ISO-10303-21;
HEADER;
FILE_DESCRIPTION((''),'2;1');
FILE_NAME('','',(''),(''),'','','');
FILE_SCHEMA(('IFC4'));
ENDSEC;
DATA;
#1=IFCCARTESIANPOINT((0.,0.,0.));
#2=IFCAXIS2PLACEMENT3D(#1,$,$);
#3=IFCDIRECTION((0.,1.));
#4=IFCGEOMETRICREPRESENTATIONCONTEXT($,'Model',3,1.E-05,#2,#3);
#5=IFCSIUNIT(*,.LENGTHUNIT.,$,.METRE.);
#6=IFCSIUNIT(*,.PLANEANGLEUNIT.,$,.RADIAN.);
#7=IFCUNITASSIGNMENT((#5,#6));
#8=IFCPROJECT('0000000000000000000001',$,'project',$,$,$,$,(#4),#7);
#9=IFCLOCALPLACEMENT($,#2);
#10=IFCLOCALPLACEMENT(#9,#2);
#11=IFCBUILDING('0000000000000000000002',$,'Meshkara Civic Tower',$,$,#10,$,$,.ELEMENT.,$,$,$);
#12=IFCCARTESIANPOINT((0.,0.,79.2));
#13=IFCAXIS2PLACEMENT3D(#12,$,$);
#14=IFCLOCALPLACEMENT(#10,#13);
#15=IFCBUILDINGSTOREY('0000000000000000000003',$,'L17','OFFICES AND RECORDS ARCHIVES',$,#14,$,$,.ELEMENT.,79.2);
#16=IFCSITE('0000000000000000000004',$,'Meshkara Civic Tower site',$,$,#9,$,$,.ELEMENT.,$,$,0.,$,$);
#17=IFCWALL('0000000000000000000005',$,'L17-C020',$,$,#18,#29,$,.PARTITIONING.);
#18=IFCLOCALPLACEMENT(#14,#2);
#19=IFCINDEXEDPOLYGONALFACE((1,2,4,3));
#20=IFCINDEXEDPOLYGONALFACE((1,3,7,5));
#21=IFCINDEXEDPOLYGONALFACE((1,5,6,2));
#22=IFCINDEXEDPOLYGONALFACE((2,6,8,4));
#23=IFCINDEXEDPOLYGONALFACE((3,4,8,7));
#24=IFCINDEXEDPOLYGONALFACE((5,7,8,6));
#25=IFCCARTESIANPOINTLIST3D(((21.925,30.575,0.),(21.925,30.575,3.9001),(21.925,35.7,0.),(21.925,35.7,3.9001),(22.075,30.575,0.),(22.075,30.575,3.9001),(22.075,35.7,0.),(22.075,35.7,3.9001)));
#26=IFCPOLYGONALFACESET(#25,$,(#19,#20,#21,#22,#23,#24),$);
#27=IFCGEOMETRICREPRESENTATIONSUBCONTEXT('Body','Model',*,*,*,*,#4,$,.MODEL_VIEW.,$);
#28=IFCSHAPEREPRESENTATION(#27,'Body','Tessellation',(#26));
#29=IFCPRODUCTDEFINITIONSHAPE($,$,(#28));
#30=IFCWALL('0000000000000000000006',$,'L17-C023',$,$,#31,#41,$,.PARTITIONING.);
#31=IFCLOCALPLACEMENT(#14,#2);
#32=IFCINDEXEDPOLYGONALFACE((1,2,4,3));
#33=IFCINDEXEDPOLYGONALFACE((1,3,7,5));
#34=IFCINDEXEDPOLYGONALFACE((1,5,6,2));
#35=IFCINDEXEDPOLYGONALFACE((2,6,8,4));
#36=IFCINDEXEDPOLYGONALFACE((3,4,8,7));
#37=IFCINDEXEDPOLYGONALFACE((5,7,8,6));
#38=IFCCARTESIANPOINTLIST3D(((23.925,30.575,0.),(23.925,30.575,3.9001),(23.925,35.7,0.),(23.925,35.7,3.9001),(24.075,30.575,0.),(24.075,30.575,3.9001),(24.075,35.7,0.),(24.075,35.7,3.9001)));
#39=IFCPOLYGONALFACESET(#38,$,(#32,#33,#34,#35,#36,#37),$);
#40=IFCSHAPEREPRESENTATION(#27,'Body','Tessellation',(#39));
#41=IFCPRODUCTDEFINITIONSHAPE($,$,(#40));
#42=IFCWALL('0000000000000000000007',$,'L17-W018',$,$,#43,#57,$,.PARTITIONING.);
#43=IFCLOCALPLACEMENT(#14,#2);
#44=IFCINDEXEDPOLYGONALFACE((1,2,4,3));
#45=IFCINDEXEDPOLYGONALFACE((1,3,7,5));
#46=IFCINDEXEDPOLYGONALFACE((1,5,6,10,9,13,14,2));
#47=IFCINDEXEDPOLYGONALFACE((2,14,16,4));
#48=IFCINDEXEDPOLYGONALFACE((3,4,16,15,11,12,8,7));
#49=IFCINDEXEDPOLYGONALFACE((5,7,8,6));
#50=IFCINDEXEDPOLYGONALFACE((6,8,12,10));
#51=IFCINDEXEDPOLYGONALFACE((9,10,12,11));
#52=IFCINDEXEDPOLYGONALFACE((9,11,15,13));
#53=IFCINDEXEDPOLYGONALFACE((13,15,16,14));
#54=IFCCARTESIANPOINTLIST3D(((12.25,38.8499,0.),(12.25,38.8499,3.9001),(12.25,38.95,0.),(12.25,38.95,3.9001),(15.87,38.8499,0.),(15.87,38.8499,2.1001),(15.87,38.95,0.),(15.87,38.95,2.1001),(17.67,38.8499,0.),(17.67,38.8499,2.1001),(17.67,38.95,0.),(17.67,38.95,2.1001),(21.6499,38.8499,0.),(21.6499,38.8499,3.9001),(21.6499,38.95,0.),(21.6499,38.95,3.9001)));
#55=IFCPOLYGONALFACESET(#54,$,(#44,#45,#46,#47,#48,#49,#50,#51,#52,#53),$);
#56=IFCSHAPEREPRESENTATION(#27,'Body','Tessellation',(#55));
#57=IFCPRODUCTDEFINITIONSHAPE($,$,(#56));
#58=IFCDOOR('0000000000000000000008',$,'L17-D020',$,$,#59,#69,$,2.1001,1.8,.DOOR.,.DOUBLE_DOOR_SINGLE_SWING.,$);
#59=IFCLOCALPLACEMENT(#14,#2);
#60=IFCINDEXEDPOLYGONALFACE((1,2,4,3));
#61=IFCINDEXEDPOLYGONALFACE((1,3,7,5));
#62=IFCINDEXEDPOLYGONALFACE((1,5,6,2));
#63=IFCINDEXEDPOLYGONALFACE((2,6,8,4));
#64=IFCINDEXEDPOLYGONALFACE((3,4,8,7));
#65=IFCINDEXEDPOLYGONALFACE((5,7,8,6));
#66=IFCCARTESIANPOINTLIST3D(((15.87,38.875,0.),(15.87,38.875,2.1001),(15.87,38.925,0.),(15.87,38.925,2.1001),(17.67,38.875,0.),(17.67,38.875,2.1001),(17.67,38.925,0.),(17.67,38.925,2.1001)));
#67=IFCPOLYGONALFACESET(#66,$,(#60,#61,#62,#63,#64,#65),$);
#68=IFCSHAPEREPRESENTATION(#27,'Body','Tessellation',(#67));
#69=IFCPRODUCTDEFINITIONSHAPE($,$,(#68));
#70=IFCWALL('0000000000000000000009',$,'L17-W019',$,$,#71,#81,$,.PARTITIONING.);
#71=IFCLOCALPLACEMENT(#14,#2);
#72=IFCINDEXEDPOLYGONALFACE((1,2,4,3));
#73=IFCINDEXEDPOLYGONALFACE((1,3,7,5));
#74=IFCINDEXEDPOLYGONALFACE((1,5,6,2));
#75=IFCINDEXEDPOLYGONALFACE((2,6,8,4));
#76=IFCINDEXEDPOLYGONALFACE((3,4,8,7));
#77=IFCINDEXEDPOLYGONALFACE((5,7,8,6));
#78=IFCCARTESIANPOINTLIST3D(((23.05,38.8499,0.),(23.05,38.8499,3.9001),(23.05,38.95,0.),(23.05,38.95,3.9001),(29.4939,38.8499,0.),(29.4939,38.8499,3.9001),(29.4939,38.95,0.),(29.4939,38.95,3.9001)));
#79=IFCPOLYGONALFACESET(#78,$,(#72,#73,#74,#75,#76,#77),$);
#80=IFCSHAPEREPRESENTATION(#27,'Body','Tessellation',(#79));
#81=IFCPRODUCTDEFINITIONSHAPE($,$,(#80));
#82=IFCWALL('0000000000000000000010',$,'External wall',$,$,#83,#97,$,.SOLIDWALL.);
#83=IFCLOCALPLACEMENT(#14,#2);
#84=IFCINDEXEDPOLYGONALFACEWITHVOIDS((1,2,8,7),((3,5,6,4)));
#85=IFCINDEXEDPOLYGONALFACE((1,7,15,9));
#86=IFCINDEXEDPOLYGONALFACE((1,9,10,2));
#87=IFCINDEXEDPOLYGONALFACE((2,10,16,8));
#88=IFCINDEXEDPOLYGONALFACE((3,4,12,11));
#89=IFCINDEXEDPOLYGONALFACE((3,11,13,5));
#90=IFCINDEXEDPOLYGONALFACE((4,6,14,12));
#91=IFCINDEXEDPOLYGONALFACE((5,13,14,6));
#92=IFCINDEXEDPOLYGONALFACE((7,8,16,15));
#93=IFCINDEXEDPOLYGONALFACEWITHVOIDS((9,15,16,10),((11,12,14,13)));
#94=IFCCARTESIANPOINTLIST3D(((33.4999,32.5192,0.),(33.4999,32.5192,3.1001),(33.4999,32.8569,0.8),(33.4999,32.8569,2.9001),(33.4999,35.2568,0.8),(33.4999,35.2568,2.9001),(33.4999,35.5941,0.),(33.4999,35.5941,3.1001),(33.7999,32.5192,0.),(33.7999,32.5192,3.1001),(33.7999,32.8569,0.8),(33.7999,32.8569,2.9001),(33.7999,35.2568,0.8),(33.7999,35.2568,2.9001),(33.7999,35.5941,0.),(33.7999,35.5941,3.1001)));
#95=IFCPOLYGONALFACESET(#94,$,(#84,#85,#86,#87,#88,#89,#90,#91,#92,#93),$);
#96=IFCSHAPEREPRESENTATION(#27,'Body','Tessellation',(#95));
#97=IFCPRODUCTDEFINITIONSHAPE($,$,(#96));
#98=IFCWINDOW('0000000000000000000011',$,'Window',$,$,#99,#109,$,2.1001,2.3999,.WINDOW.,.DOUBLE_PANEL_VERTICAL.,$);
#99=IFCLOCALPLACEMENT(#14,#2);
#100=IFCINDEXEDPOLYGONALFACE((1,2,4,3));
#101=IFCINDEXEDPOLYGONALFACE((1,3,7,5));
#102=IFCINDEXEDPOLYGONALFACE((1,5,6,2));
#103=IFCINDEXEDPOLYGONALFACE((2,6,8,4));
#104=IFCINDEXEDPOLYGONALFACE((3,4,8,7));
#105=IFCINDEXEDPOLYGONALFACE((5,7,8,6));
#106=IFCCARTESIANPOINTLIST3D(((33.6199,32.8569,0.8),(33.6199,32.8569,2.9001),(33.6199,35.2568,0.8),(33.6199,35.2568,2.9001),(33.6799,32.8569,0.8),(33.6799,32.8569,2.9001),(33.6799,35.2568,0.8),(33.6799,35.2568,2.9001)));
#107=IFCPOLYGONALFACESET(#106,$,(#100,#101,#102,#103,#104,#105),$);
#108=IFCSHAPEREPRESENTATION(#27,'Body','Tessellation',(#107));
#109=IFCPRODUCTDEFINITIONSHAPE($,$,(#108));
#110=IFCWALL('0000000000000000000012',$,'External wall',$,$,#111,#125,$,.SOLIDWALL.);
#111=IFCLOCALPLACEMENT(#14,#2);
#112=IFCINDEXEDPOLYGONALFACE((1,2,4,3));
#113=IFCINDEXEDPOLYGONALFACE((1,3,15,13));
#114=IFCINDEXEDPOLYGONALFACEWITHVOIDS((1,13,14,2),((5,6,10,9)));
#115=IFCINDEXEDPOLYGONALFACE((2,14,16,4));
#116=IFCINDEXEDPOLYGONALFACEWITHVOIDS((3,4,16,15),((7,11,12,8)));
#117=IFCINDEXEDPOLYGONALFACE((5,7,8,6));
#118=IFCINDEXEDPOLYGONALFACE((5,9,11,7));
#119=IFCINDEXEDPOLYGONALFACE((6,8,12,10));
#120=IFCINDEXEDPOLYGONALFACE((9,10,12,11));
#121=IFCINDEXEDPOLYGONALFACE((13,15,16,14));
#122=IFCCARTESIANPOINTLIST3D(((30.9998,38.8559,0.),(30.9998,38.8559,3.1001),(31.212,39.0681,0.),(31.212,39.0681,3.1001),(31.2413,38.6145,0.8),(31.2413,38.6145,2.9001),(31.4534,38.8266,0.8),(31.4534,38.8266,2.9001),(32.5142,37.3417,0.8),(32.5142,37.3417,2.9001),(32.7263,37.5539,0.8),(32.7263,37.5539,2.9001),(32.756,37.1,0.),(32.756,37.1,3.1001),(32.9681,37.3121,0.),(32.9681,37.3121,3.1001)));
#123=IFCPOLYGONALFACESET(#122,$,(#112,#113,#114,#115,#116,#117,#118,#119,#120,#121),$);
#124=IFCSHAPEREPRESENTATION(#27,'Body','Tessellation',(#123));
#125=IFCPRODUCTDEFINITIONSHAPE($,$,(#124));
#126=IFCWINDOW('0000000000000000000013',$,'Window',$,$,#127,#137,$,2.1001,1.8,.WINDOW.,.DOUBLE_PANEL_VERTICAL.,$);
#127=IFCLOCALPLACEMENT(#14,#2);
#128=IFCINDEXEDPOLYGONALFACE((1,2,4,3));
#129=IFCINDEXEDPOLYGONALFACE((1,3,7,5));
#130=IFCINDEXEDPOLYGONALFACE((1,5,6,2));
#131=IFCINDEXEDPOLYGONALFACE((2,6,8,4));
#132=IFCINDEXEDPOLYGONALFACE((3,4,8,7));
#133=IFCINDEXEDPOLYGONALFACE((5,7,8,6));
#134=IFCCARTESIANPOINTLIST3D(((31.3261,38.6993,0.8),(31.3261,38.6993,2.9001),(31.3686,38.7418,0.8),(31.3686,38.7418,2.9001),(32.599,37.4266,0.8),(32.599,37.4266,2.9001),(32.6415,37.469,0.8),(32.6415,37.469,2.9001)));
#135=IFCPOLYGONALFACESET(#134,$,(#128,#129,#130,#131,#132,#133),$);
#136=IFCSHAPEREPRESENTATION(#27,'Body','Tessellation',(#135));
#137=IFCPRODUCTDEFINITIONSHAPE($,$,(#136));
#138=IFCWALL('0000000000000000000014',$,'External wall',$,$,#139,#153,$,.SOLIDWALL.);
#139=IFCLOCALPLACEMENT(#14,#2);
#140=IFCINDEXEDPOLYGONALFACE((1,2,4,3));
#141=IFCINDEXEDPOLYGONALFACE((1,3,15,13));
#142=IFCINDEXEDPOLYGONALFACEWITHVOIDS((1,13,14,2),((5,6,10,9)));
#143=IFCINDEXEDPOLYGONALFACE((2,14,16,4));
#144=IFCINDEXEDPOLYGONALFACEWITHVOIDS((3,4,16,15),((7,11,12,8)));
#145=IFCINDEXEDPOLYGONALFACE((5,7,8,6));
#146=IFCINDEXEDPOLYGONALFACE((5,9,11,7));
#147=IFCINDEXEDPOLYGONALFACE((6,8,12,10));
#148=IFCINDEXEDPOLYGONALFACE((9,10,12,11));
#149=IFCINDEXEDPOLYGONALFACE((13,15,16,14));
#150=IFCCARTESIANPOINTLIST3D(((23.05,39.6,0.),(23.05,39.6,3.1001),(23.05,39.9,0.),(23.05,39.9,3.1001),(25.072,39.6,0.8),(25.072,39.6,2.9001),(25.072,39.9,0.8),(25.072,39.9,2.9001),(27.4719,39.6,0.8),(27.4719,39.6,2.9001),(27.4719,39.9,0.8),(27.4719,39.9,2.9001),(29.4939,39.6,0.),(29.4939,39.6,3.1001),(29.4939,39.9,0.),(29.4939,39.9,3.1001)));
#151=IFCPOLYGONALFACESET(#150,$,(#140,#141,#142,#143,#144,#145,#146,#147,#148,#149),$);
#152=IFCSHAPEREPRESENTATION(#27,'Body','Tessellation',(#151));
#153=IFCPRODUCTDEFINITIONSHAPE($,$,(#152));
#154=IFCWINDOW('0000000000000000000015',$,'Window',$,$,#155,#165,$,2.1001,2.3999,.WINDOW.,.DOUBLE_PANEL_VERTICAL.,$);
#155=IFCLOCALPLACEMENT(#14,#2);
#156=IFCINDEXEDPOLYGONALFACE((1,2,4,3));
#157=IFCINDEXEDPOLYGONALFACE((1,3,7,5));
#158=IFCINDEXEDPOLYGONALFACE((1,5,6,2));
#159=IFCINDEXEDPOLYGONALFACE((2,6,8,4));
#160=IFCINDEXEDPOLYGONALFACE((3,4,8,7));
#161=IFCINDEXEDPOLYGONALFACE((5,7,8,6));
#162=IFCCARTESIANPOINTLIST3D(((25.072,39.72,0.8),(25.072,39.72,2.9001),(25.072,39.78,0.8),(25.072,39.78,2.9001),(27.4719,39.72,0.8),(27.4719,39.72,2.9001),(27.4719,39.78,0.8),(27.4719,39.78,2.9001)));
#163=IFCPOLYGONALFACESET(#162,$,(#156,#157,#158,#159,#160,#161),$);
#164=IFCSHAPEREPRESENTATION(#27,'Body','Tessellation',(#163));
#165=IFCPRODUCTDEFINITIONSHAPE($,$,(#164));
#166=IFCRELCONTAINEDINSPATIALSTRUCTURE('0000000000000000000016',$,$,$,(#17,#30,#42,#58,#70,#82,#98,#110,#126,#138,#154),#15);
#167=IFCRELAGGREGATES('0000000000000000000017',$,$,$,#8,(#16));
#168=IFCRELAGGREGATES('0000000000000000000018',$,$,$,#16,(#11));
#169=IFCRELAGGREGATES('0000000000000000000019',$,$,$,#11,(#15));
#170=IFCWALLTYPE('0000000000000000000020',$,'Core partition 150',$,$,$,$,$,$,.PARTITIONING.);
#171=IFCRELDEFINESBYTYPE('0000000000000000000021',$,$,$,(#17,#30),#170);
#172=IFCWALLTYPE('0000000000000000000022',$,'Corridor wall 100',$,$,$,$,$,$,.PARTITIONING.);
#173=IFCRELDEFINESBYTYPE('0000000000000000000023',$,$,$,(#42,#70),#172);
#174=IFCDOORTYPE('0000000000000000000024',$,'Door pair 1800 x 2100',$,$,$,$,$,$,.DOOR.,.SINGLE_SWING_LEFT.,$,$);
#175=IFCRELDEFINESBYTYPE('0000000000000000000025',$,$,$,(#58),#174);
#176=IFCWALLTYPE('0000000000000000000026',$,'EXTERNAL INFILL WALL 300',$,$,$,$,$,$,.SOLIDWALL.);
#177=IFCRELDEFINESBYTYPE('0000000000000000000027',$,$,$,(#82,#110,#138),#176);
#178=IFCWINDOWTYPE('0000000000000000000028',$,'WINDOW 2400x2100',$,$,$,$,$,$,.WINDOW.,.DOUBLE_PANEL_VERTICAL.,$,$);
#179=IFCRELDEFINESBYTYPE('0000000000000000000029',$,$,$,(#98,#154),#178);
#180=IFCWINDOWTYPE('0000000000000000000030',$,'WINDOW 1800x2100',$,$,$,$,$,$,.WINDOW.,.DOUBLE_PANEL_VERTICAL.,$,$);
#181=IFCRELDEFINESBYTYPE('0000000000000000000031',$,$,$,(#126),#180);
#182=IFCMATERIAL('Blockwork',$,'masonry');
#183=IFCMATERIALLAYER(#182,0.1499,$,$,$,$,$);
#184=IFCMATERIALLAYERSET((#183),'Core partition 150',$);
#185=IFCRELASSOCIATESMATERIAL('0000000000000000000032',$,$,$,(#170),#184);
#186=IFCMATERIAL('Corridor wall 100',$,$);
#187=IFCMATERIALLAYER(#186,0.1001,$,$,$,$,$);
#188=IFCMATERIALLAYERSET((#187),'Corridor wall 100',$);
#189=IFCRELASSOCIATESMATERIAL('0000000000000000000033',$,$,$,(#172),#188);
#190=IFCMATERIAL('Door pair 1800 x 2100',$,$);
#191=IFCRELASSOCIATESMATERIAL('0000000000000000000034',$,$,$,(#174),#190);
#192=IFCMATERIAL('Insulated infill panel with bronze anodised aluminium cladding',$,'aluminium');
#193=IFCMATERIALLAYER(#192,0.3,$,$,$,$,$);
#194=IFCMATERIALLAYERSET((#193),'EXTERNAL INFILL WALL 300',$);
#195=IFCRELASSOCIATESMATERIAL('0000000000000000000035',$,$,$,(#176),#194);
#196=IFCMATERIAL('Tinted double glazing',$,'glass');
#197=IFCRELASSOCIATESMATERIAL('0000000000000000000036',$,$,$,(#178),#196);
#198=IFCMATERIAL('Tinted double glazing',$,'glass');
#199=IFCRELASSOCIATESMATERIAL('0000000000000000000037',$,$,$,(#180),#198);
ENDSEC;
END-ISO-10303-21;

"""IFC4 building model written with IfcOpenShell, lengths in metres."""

from ifc_helpers import new_model, si_unit, direction, frame, frame_2d, origin, place, context, subcontext, project, spatial, rectangle, extrude, material, layer, layer_set, type_object, element, fill, save


model = new_model("IFC4")

# Units and contexts
model_context = context("Model", 3, precision=1e-05, world=origin(), true_north=direction((0.0, 1.0)))
body_context = subcontext(model_context, "Body", "Model", "MODEL_VIEW")
ifc_project = project(units=[si_unit("LENGTHUNIT", "METRE"), si_unit("PLANEANGLEUNIT", "RADIAN")], contexts=[model_context])

# Site, building, storey
site_placement = place(None, origin())
site = spatial("IfcSite", under=ifc_project, at=site_placement, Name="Meshkara Civic Tower site", CompositionType="ELEMENT", RefElevation=0.0)
building_placement = place(site_placement, origin())
building = spatial("IfcBuilding", under=site, at=building_placement, Name="Meshkara Civic Tower", CompositionType="ELEMENT")
storey_placement = place(building_placement, frame((0.0, 0.0, 79.2)))
storey = spatial("IfcBuildingStorey", under=building, at=storey_placement, Name="L17", Description="OFFICES AND RECORDS ARCHIVES", CompositionType="ELEMENT", Elevation=79.2)

# Shared definitions
ifc_material_1 = material(Name="Blockwork", Category="masonry")
ifc_layer_1 = layer(ifc_material_1, 0.1499)
ifc_layer_set_1 = layer_set([ifc_layer_1], Name="Core partition 150")
wall_type_1 = type_object("IfcWallType", Name="Core partition 150", PredefinedType="PARTITIONING", material=ifc_layer_set_1)

# Walls
for number, where, z_axis, x_axis, name in (
    (1, (22.0, 30.575, 0.0), (0.0, 0.0, 1.0), (0.0, 1.0, 0.0), "L17-C020"),
    (2, (24.0, 30.575, 0.0), (0.0, 0.0, 1.0), (0.0, 1.0, 0.0), "L17-C023"),
):
    element("IfcWall", number, at=place(storey_placement, frame(where, z_axis=z_axis, x_axis=x_axis)), inside=storey, type_object=wall_type_1, Name=name, PredefinedType="PARTITIONING", context=body_context, shape_type="SweptSolid", body=[
        extrude(rectangle(XDim=5.125, YDim=0.1499, at=frame_2d((2.5625, 0.0))), origin(), (0.0, 0.0, 1.0), 3.9001),
    ])

# Wall, opening, door
ifc_material_2 = material(Name="Corridor wall 100")
ifc_layer_2 = layer(ifc_material_2, 0.1001)
ifc_layer_set_2 = layer_set([ifc_layer_2], Name="Corridor wall 100")
wall_type_2 = type_object("IfcWallType", Name="Corridor wall 100", PredefinedType="PARTITIONING", material=ifc_layer_set_2)
wall_1_placement = place(storey_placement, frame((21.6499, 38.8999, 0.0), z_axis=(0.0, 0.0, 1.0), x_axis=(-1.0, 0.0, 0.0)))
wall_1 = element("IfcWall", 3, at=wall_1_placement, inside=storey, type_object=wall_type_2, Name="L17-W018", PredefinedType="PARTITIONING", context=body_context, shape_type="SweptSolid", body=[
    extrude(rectangle(XDim=9.3999, YDim=0.1001, at=frame_2d((4.7, 0.0))), origin(), (0.0, 0.0, 1.0), 3.9001),
])
opening_1_placement = place(wall_1_placement, frame((3.98, 0.0, 0.0)))
opening_1 = element("IfcOpeningElement", 4, at=opening_1_placement, cuts=wall_1, PredefinedType="OPENING", context=body_context, shape_type="SweptSolid", body=[
    extrude(rectangle(XDim=1.8, YDim=2.1001, at=frame_2d((0.8999, 1.05))), frame((0.0, 0.0601, 0.0), z_axis=(0.0, -1.0, 0.0), x_axis=(1.0, 0.0, 0.0)), (0.0, 0.0, 1.0), 0.1201),
])
ifc_material_3 = material(Name="Door pair 1800 x 2100")
door_type_1 = type_object("IfcDoorType", Name="Door pair 1800 x 2100", OperationType="SINGLE_SWING_LEFT", PredefinedType="DOOR", material=ifc_material_3)
door_1_placement = place(opening_1_placement, origin())
door_1 = element("IfcDoor", 5, at=door_1_placement, inside=storey, type_object=door_type_1, Name="L17-D020", OperationType="DOUBLE_DOOR_SINGLE_SWING", OverallHeight=2.1001, OverallWidth=1.8, PredefinedType="DOOR", context=body_context, shape_type="SweptSolid", body=[
    extrude(rectangle(XDim=1.8, YDim=2.1001, at=frame_2d((0.8999, 1.05))), frame((0.0, 0.0249, 0.0), z_axis=(0.0, -1.0, 0.0), x_axis=(1.0, 0.0, 0.0)), (0.0, 0.0, 1.0), 0.05),
])
fill(opening_1, door_1)

# Wall
wall_2_placement = place(storey_placement, frame((29.4939, 38.8999, 0.0), z_axis=(0.0, 0.0, 1.0), x_axis=(-1.0, 0.0, 0.0)))
element("IfcWall", 6, at=wall_2_placement, inside=storey, type_object=wall_type_2, Name="L17-W019", PredefinedType="PARTITIONING", context=body_context, shape_type="SweptSolid", body=[
    extrude(rectangle(XDim=6.4438, YDim=0.1001, at=frame_2d((3.2219, 0.0))), origin(), (0.0, 0.0, 1.0), 3.9001),
])

# Walls, openings, windows
ifc_material_4 = material(Name="Insulated infill panel with bronze anodised aluminium cladding", Category="aluminium")
ifc_layer_3 = layer(ifc_material_4, 0.3)
ifc_layer_set_3 = layer_set([ifc_layer_3], Name="EXTERNAL INFILL WALL 300")
wall_type_3 = type_object("IfcWallType", Name="EXTERNAL INFILL WALL 300", PredefinedType="SOLIDWALL", material=ifc_layer_set_3)
wall_3_placement = place(storey_placement, frame((33.6499, 32.519, 0.0), z_axis=(0.0, 0.0, 1.0), x_axis=(0.0, 1.0, 0.0)))
wall_3 = element("IfcWall", 7, at=wall_3_placement, inside=storey, type_object=wall_type_3, Name="External wall", PredefinedType="SOLIDWALL", context=body_context, shape_type="SweptSolid", body=[
    extrude(rectangle(XDim=3.075, YDim=0.3, at=frame_2d((1.5376, 0.0))), origin(), (0.0, 0.0, 1.0), 3.1001),
])
opening_2_placement = place(wall_3_placement, frame((0.3379, 0.0, 0.8)))
opening_2 = element("IfcOpeningElement", 8, at=opening_2_placement, cuts=wall_3, PredefinedType="OPENING", context=body_context, shape_type="SweptSolid", body=[
    extrude(rectangle(XDim=2.3999, YDim=2.1001, at=frame_2d((1.2, 1.05))), frame((0.0, 0.1599, 0.0), z_axis=(0.0, -1.0, 0.0), x_axis=(1.0, 0.0, 0.0)), (0.0, 0.0, 1.0), 0.3201),
])
ifc_material_5 = material(Name="Tinted double glazing", Category="glass")
window_type_1 = type_object("IfcWindowType", Name="WINDOW 2400x2100", PartitioningType="DOUBLE_PANEL_VERTICAL", PredefinedType="WINDOW", material=ifc_material_5)
window_1_placement = place(opening_2_placement, origin())
window_1 = element("IfcWindow", 9, at=window_1_placement, inside=storey, type_object=window_type_1, Name="Window", OverallHeight=2.1001, OverallWidth=2.3999, PartitioningType="DOUBLE_PANEL_VERTICAL", PredefinedType="WINDOW", context=body_context, shape_type="SweptSolid", body=[
    extrude(rectangle(XDim=2.3999, YDim=2.1001, at=frame_2d((1.2, 1.05))), frame((0.0, 0.03, 0.0), z_axis=(0.0, -1.0, 0.0), x_axis=(1.0, 0.0, 0.0)), (0.0, 0.0, 1.0), 0.0601),
])
fill(opening_2, window_1)
wall_4_placement = place(storey_placement, frame((32.8621, 37.2061, 0.0), z_axis=(0.0, 0.0, 1.0), x_axis=(-0.707156, 0.707058, 0.0)))
wall_4 = element("IfcWall", 10, at=wall_4_placement, inside=storey, type_object=wall_type_3, Name="External wall", PredefinedType="SOLIDWALL", context=body_context, shape_type="SweptSolid", body=[
    extrude(rectangle(XDim=2.4834, YDim=0.3, at=frame_2d((1.2417, 0.0))), origin(), (0.0, 0.0, 1.0), 3.1001),
])
opening_3_placement = place(wall_4_placement, frame((0.342, 0.0, 0.8)))
opening_3 = element("IfcOpeningElement", 11, at=opening_3_placement, cuts=wall_4, PredefinedType="OPENING", context=body_context, shape_type="SweptSolid", body=[
    extrude(rectangle(XDim=1.8, YDim=2.1001, at=frame_2d((0.8999, 1.05))), frame((0.0, 0.1599, 0.0), z_axis=(0.0, -1.0, 0.0), x_axis=(1.0, 0.0, 0.0)), (0.0, 0.0, 1.0), 0.3201),
])
ifc_material_6 = material(Name="Tinted double glazing", Category="glass")
window_type_2 = type_object("IfcWindowType", Name="WINDOW 1800x2100", PartitioningType="DOUBLE_PANEL_VERTICAL", PredefinedType="WINDOW", material=ifc_material_6)
window_2_placement = place(opening_3_placement, origin())
window_2 = element("IfcWindow", 12, at=window_2_placement, inside=storey, type_object=window_type_2, Name="Window", OverallHeight=2.1001, OverallWidth=1.8, PartitioningType="DOUBLE_PANEL_VERTICAL", PredefinedType="WINDOW", context=body_context, shape_type="SweptSolid", body=[
    extrude(rectangle(XDim=1.8, YDim=2.1001, at=frame_2d((0.8999, 1.05))), frame((0.0, 0.03, 0.0), z_axis=(0.0, -1.0, 0.0), x_axis=(1.0, 0.0, 0.0)), (0.0, 0.0, 1.0), 0.0601),
])
fill(opening_3, window_2)
wall_5_placement = place(storey_placement, frame((29.4939, 39.75, 0.0), z_axis=(0.0, 0.0, 1.0), x_axis=(-1.0, 0.0, 0.0)))
wall_5 = element("IfcWall", 13, at=wall_5_placement, inside=storey, type_object=wall_type_3, Name="External wall", PredefinedType="SOLIDWALL", context=body_context, shape_type="SweptSolid", body=[
    extrude(rectangle(XDim=6.4438, YDim=0.3, at=frame_2d((3.2219, 0.0))), origin(), (0.0, 0.0, 1.0), 3.1001),
])
opening_4_placement = place(wall_5_placement, frame((2.022, 0.0, 0.8)))
opening_4 = element("IfcOpeningElement", 14, at=opening_4_placement, cuts=wall_5, PredefinedType="OPENING", context=body_context, shape_type="SweptSolid", body=[
    extrude(rectangle(XDim=2.3999, YDim=2.1001, at=frame_2d((1.2, 1.05))), frame((0.0, 0.1599, 0.0), z_axis=(0.0, -1.0, 0.0), x_axis=(1.0, 0.0, 0.0)), (0.0, 0.0, 1.0), 0.3201),
])
window_3_placement = place(opening_4_placement, origin())
window_3 = element("IfcWindow", 15, at=window_3_placement, inside=storey, type_object=window_type_1, Name="Window", OverallHeight=2.1001, OverallWidth=2.3999, PartitioningType="DOUBLE_PANEL_VERTICAL", PredefinedType="WINDOW", context=body_context, shape_type="SweptSolid", body=[
    extrude(rectangle(XDim=2.3999, YDim=2.1001, at=frame_2d((1.2, 1.05))), frame((0.0, 0.03, 0.0), z_axis=(0.0, -1.0, 0.0), x_axis=(1.0, 0.0, 0.0)), (0.0, 0.0, 1.0), 0.0601),
])
fill(opening_4, window_3)

save(model, "model.ifc")
